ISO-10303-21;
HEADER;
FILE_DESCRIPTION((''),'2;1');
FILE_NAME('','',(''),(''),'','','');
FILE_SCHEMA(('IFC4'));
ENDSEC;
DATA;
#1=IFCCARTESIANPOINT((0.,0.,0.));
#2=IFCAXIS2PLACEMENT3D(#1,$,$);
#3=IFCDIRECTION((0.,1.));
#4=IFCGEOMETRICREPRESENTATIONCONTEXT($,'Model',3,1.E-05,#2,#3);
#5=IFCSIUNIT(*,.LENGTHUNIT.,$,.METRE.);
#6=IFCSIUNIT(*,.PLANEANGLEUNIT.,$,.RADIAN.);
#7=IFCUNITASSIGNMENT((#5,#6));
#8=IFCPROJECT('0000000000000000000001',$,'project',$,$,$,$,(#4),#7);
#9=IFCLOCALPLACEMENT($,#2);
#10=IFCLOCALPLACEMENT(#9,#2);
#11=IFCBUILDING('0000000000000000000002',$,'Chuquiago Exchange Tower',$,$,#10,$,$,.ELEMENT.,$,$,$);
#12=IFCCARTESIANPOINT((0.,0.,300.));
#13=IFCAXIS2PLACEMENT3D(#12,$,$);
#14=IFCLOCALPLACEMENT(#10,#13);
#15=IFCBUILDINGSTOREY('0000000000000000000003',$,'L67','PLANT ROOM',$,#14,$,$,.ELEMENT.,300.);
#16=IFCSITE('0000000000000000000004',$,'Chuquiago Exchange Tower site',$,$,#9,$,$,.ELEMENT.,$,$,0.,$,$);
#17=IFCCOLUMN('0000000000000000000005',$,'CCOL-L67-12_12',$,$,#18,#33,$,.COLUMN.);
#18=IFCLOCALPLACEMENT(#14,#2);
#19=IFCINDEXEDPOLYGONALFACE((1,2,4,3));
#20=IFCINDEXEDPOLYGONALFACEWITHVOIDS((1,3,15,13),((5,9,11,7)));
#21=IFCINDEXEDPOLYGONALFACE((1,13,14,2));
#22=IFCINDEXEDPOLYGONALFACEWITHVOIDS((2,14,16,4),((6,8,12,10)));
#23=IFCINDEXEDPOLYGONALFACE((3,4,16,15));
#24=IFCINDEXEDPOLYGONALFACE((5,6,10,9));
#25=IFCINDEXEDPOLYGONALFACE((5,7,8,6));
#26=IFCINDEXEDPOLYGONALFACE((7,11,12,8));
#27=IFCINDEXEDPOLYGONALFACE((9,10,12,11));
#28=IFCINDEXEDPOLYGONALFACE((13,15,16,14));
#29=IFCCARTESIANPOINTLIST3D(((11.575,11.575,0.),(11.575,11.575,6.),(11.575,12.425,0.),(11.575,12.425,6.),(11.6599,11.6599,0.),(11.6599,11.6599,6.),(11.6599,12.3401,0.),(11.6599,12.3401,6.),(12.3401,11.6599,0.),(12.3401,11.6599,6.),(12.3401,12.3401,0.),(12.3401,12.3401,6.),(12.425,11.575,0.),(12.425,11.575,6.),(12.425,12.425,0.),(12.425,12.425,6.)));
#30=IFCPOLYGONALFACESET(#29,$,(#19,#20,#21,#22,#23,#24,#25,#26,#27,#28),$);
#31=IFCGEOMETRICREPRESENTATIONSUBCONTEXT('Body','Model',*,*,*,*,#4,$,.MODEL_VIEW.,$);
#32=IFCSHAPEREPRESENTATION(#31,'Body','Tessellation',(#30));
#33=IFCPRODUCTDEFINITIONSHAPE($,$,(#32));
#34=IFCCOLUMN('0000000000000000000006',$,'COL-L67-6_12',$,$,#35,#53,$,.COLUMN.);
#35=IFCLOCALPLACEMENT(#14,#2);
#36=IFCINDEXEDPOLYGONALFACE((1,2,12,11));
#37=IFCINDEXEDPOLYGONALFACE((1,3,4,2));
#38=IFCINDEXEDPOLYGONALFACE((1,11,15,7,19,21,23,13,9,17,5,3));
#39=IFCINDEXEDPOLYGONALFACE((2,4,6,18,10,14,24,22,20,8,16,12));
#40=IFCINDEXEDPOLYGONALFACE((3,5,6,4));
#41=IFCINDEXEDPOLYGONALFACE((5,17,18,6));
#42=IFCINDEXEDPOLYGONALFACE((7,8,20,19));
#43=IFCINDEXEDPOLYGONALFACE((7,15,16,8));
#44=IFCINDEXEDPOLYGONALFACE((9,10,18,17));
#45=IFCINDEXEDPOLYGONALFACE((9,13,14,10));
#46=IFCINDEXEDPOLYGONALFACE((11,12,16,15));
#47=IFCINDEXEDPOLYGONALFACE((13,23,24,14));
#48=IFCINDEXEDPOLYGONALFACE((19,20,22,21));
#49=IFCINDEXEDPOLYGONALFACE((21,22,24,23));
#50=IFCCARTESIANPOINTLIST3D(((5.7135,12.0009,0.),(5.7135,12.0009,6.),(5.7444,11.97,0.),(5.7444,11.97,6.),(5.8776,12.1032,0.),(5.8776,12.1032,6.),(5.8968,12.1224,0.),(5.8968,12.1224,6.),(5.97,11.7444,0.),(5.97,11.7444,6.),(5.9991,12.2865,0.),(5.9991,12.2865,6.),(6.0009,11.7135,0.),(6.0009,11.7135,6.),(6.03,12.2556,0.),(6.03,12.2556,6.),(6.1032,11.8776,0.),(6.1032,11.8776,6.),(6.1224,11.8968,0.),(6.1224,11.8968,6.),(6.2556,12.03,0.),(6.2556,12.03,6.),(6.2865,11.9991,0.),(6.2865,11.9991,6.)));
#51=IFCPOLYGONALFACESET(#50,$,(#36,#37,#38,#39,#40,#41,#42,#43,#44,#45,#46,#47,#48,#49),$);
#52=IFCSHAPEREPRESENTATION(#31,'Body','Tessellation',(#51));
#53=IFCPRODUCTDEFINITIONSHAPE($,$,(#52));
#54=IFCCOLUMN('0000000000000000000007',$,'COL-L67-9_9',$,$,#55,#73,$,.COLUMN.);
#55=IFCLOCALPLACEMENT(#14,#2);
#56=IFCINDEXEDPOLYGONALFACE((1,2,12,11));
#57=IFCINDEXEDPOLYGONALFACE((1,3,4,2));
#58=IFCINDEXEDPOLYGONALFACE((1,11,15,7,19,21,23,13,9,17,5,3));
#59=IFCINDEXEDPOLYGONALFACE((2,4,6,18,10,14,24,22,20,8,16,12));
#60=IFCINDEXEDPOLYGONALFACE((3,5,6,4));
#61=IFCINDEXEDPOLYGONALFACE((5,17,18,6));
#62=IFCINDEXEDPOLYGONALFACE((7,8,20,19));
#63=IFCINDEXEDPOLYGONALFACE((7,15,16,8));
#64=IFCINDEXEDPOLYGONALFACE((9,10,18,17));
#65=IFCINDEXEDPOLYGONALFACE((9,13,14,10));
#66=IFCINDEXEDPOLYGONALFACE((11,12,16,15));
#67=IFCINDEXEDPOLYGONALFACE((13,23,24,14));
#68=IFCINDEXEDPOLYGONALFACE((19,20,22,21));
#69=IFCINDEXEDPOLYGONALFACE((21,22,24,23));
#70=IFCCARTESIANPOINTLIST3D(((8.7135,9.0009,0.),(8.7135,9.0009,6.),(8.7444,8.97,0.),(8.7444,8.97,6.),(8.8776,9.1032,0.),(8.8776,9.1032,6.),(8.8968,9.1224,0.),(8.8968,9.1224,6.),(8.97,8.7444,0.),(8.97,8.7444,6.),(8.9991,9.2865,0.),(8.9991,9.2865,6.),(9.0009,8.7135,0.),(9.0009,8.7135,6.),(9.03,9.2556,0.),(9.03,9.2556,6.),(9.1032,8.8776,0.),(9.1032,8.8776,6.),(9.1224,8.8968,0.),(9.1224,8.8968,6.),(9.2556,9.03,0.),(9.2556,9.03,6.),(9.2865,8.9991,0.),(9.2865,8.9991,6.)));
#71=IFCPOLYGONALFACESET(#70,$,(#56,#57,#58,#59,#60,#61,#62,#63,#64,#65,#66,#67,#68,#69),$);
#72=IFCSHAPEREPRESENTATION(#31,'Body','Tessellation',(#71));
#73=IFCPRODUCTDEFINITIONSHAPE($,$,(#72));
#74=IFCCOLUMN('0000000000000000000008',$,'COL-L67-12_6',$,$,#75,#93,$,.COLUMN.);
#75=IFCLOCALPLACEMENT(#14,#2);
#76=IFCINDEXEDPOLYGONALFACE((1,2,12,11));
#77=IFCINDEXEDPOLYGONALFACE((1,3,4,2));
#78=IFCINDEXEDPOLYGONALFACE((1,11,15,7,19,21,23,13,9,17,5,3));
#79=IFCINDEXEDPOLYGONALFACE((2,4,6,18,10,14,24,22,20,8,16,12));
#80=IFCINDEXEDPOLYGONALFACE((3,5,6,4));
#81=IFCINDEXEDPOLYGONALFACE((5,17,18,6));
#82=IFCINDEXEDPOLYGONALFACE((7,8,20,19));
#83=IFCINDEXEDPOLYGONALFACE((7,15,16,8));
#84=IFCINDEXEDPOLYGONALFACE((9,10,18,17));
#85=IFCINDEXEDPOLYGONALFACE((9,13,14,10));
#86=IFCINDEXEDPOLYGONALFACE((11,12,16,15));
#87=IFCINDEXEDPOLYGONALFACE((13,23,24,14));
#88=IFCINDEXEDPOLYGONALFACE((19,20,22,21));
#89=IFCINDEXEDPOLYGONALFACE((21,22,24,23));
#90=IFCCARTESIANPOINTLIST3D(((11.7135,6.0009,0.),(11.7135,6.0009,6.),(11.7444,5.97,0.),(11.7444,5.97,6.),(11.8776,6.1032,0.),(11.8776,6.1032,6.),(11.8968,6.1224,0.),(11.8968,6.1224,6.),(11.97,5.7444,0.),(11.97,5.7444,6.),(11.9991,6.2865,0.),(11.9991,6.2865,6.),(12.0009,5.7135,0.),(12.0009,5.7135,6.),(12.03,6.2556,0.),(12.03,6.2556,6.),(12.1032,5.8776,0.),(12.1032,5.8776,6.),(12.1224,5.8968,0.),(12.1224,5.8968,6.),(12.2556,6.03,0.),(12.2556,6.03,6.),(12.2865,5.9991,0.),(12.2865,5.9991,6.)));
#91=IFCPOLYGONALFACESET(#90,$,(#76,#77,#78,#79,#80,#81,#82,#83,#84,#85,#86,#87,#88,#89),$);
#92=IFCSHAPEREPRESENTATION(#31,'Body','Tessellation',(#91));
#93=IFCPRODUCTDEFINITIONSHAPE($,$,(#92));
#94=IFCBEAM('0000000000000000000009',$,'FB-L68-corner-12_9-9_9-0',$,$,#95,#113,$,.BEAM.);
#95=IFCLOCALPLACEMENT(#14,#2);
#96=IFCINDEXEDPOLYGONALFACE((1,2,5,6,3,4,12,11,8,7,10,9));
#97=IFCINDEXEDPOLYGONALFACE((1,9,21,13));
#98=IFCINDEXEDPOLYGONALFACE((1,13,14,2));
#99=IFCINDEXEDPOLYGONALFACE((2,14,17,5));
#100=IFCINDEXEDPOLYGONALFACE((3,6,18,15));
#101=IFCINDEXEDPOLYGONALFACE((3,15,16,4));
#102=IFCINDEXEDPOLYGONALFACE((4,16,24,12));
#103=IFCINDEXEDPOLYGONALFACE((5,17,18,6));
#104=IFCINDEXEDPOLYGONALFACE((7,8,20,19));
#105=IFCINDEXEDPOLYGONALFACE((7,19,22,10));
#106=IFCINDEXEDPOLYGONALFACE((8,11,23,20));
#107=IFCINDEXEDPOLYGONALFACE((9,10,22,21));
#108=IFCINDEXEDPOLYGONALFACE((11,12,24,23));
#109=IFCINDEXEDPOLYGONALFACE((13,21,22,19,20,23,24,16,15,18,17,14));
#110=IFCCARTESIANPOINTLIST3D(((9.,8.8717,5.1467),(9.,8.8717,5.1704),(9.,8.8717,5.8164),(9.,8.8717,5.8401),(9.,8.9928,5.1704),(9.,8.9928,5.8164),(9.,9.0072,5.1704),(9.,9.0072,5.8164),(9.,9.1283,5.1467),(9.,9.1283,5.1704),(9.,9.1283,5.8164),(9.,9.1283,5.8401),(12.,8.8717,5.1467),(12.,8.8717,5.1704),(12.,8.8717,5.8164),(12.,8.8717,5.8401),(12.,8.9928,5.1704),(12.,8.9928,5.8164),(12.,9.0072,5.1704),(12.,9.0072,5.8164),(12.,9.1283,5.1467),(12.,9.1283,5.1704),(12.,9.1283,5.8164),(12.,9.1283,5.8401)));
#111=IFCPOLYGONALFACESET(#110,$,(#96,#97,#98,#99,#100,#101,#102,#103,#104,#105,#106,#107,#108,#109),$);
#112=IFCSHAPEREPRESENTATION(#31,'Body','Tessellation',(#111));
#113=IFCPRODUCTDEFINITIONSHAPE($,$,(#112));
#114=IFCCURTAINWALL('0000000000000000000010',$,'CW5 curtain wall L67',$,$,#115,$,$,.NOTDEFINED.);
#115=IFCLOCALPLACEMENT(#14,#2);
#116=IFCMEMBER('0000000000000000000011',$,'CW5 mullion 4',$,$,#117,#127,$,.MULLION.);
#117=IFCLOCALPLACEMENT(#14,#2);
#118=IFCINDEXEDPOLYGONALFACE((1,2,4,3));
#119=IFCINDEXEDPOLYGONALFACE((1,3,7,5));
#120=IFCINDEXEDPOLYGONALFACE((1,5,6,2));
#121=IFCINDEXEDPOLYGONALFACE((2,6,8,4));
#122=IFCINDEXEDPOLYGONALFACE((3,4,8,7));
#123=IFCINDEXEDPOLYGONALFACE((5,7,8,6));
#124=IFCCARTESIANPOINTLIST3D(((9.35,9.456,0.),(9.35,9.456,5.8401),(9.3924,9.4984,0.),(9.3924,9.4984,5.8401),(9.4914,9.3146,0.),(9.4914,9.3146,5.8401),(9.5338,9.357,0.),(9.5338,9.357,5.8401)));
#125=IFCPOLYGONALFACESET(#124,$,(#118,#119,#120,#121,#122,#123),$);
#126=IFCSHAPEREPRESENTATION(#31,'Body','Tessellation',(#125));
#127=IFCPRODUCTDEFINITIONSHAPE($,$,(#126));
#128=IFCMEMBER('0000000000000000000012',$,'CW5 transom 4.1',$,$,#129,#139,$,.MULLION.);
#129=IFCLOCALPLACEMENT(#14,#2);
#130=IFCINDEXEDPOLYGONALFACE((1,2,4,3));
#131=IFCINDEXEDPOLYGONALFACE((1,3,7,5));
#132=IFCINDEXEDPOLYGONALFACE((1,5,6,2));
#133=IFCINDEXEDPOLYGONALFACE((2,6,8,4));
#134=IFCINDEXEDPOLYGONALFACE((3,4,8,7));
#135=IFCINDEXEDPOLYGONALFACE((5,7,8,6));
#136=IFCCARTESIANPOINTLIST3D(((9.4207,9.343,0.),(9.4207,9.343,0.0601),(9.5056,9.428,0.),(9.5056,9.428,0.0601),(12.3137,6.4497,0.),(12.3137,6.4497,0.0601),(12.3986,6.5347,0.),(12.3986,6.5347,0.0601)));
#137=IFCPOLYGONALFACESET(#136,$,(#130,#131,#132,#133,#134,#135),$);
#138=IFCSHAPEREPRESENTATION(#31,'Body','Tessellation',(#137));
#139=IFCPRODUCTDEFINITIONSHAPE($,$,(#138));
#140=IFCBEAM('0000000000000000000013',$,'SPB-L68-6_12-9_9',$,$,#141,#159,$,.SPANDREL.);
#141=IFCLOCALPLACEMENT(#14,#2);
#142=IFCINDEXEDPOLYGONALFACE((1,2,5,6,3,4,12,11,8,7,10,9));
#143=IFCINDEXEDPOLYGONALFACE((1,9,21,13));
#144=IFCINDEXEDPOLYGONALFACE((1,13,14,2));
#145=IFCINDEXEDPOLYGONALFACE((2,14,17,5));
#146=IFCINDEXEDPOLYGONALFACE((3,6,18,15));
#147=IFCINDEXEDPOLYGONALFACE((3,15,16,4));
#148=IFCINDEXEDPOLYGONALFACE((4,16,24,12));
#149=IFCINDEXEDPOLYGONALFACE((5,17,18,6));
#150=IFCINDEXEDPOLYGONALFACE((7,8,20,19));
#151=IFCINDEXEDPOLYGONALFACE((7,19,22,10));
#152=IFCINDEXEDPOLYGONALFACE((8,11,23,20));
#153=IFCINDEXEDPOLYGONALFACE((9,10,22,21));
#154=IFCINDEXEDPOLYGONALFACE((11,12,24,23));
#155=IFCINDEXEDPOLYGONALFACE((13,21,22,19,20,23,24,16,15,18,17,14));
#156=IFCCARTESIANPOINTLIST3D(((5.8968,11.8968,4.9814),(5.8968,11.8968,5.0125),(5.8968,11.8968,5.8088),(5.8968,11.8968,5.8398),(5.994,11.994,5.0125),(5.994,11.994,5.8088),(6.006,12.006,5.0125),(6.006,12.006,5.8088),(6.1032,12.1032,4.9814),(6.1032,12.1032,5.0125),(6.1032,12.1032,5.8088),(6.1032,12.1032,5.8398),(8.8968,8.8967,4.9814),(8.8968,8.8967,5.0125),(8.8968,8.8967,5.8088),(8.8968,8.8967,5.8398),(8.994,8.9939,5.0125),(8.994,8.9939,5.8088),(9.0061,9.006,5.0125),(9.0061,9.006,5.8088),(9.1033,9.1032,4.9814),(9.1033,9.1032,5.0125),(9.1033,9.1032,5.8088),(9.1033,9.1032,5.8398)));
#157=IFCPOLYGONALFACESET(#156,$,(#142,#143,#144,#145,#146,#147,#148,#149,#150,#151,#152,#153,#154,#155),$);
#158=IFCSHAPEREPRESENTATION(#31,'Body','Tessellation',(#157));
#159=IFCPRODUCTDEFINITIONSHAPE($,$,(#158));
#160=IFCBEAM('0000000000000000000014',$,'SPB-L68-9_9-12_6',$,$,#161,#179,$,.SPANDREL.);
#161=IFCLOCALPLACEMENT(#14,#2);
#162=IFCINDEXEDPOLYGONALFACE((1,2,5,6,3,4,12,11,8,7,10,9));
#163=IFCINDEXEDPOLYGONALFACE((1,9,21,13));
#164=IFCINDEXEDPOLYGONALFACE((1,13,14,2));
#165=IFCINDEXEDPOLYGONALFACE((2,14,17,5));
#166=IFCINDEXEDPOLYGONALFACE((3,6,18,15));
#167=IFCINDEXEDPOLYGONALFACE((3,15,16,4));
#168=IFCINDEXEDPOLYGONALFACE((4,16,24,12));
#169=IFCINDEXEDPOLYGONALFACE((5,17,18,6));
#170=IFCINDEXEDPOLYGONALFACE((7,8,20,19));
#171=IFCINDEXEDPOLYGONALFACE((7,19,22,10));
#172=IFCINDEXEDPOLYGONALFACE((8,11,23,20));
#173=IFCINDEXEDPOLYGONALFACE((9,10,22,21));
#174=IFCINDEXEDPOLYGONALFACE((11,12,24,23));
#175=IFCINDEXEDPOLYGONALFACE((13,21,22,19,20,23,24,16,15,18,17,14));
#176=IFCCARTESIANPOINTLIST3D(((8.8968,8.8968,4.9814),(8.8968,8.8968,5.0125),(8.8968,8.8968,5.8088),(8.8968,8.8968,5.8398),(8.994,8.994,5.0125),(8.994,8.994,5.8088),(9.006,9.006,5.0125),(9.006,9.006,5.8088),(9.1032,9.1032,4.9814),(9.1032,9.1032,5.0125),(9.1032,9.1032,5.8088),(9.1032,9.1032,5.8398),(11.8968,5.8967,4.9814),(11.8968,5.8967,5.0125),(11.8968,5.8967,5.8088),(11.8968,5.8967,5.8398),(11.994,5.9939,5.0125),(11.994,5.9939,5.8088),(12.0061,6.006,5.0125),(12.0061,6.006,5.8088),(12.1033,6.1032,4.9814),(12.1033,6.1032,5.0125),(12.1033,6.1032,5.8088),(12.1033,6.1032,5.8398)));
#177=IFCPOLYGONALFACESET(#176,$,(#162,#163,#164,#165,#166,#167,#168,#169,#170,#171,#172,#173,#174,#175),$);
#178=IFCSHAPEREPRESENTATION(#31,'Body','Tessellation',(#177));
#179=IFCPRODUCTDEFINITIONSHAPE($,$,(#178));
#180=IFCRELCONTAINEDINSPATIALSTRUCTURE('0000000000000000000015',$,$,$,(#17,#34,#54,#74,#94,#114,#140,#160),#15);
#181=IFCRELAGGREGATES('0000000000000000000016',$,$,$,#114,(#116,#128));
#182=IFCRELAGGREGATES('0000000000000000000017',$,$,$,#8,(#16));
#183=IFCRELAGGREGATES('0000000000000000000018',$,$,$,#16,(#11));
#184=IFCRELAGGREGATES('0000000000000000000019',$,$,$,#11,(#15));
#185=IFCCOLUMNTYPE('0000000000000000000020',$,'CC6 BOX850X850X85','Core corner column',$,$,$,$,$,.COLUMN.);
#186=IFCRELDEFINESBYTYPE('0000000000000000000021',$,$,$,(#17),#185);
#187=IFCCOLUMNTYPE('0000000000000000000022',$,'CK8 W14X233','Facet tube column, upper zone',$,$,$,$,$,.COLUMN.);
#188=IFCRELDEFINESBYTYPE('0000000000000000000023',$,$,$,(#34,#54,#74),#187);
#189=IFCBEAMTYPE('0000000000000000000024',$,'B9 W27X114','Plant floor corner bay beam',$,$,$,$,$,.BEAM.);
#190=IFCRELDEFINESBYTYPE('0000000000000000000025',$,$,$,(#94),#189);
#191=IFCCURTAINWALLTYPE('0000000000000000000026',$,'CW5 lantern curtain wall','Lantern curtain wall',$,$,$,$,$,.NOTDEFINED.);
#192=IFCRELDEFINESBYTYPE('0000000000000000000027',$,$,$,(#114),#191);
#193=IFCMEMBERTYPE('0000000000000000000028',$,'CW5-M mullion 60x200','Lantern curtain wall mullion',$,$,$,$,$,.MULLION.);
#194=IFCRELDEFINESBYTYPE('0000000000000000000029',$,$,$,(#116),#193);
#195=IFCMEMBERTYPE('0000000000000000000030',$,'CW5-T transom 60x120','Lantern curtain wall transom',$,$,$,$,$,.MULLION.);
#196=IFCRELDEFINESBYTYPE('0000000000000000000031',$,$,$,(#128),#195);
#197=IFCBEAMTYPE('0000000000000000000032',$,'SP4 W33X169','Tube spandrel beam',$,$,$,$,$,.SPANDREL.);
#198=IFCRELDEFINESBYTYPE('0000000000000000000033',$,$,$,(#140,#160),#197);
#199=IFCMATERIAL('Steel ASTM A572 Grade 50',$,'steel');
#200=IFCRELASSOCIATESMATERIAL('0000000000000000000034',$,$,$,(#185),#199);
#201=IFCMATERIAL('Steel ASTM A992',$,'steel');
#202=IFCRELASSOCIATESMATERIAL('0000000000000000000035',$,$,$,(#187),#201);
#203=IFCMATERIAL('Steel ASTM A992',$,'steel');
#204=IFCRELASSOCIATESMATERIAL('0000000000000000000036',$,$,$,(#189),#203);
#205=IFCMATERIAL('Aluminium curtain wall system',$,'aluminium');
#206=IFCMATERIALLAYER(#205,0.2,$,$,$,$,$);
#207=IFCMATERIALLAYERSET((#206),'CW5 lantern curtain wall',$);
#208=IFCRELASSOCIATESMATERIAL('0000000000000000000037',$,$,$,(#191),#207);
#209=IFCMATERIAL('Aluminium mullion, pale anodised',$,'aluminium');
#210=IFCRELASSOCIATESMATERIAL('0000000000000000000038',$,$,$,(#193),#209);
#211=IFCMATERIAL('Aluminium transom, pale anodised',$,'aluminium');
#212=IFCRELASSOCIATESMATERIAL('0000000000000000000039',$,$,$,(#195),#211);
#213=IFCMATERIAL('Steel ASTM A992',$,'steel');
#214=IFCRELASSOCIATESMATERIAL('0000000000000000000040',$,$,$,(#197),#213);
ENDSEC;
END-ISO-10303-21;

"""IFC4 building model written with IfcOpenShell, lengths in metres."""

from ifc_helpers import new_model, si_unit, direction, frame, origin, origin_2d, place, context, subcontext, project, spatial, rectangle, hollow_rectangle, i_section, extrude, material, layer, layer_set, material_profile, profile_set, type_object, element, aggregate, save


model = new_model("IFC4")

# Units and contexts
model_context = context("Model", 3, precision=1e-05, world=origin(), true_north=direction((0.0, 1.0)))
body_context = subcontext(model_context, "Body", "Model", "MODEL_VIEW")
ifc_project = project(units=[si_unit("LENGTHUNIT", "METRE"), si_unit("PLANEANGLEUNIT", "RADIAN")], contexts=[model_context])

# Site, building, storey
site_placement = place(None, origin())
site = spatial("IfcSite", under=ifc_project, at=site_placement, Name="Chuquiago Exchange Tower site", CompositionType="ELEMENT", RefElevation=0.0)
building_placement = place(site_placement, origin())
building = spatial("IfcBuilding", under=site, at=building_placement, Name="Chuquiago Exchange Tower", CompositionType="ELEMENT")
storey_placement = place(building_placement, frame((0.0, 0.0, 300.0)))
storey = spatial("IfcBuildingStorey", under=building, at=storey_placement, Name="L67", Description="PLANT ROOM", CompositionType="ELEMENT", Elevation=300.0)

# Columns
ifc_material_1 = material(Name="Steel ASTM A572 Grade 50", Category="steel")
ifc_material_profile_1 = material_profile(ifc_material_1, hollow_rectangle(XDim=0.8501, YDim=0.8501, WallThickness=0.085, at=origin_2d()), Name="BOX850X850X85")
ifc_profile_set_1 = profile_set([ifc_material_profile_1], Name="Steel ASTM A572 Grade 50")
column_type_1 = type_object("IfcColumnType", Name="CC6 BOX850X850X85", Description="Core corner column", PredefinedType="COLUMN", material=ifc_profile_set_1)
column_placement = place(storey_placement, frame((12.0, 12.0, 0.0), z_axis=(0.0, 0.0, 1.0), x_axis=(1.0, 0.0, 0.0)))
element("IfcColumn", 1, at=column_placement, inside=storey, type_object=column_type_1, Name="CCOL-L67-12_12", PredefinedType="COLUMN", context=body_context, shape_type="SweptSolid", body=[
    extrude(hollow_rectangle(XDim=0.8501, YDim=0.8501, WallThickness=0.085, at=origin_2d()), origin(), (0.0, 0.0, 1.0), 6.0),
])
ifc_material_2 = material(Name="Steel ASTM A992", Category="steel")
ifc_material_profile_2 = material_profile(ifc_material_2, i_section(OverallWidth=0.4038, OverallDepth=0.4065, WebThickness=0.0271, FlangeThickness=0.0437, at=origin_2d()), Name="W14X233")
ifc_profile_set_2 = profile_set([ifc_material_profile_2], Name="Steel ASTM A992")
column_type_2 = type_object("IfcColumnType", Name="CK8 W14X233", Description="Facet tube column, upper zone", PredefinedType="COLUMN", material=ifc_profile_set_2)
for number, where, z_axis, x_axis, name in (
    (2, (6.0, 12.0, 0.0), (0.0, 0.0, 1.0), (-0.707107, -0.707107, 0.0), "COL-L67-6_12"),
    (3, (9.0, 9.0, 0.0), (0.0, 0.0, 1.0), (-0.707107, -0.707107, 0.0), "COL-L67-9_9"),
    (4, (12.0, 6.0, 0.0), (0.0, 0.0, 1.0), (-0.707107, -0.707107, 0.0), "COL-L67-12_6"),
):
    element("IfcColumn", number, at=place(storey_placement, frame(where, z_axis=z_axis, x_axis=x_axis)), inside=storey, type_object=column_type_2, Name=name, PredefinedType="COLUMN", context=body_context, shape_type="SweptSolid", body=[
        extrude(i_section(OverallWidth=0.4038, OverallDepth=0.4065, WebThickness=0.0271, FlangeThickness=0.0437, at=origin_2d()), origin(), (0.0, 0.0, 1.0), 6.0),
    ])

# Beam
ifc_material_3 = material(Name="Steel ASTM A992", Category="steel")
ifc_material_profile_3 = material_profile(ifc_material_3, i_section(OverallWidth=0.2566, OverallDepth=0.6934, WebThickness=0.0144, FlangeThickness=0.0237, at=origin_2d()), Name="W27X114")
ifc_profile_set_3 = profile_set([ifc_material_profile_3], Name="Steel ASTM A992")
beam_type_1 = type_object("IfcBeamType", Name="B9 W27X114", Description="Plant floor corner bay beam", PredefinedType="BEAM", material=ifc_profile_set_3)
beam_placement = place(storey_placement, frame((12.0, 9.0, 5.4934), z_axis=(-1.0, 0.0, 0.0), x_axis=(0.0, -1.0, 0.0)))
element("IfcBeam", 5, at=beam_placement, inside=storey, type_object=beam_type_1, Name="FB-L68-corner-12_9-9_9-0", PredefinedType="BEAM", context=body_context, shape_type="SweptSolid", body=[
    extrude(i_section(OverallWidth=0.2566, OverallDepth=0.6934, WebThickness=0.0144, FlangeThickness=0.0237, at=origin_2d()), origin(), (0.0, 0.0, 1.0), 3.0),
])

# Curtain wall, members
ifc_material_4 = material(Name="Aluminium curtain wall system", Category="aluminium")
ifc_layer_1 = layer(ifc_material_4, 0.2)
ifc_layer_set_1 = layer_set([ifc_layer_1], Name="CW5 lantern curtain wall")
curtain_wall_type = type_object("IfcCurtainWallType", Name="CW5 lantern curtain wall", Description="Lantern curtain wall", PredefinedType="NOTDEFINED", material=ifc_layer_set_1)
curtain_wall_placement = place(storey_placement, origin())
curtain_wall = element("IfcCurtainWall", 6, at=curtain_wall_placement, inside=storey, type_object=curtain_wall_type, Name="CW5 curtain wall L67", PredefinedType="NOTDEFINED")
ifc_material_5 = material(Name="Aluminium mullion, pale anodised", Category="aluminium")
ifc_material_profile_4 = material_profile(ifc_material_5, rectangle(XDim=0.0601, YDim=0.2, at=origin_2d()), Name="AL 60x200")
ifc_profile_set_4 = profile_set([ifc_material_profile_4], Name="Aluminium mullion, pale anodised")
member_type_1 = type_object("IfcMemberType", Name="CW5-M mullion 60x200", Description="Lantern curtain wall mullion", PredefinedType="MULLION", material=ifc_profile_set_4)
member_1_placement = place(storey_placement, frame((9.4419, 9.4065, 0.0), z_axis=(0.0, 0.0, 1.0), x_axis=(0.707109, 0.707105, 0.0)))
member_1 = element("IfcMember", 7, at=member_1_placement, type_object=member_type_1, Name="CW5 mullion 4", PredefinedType="MULLION", context=body_context, shape_type="SweptSolid", body=[
    extrude(rectangle(XDim=0.0601, YDim=0.2, at=origin_2d()), origin(), (0.0, 0.0, 1.0), 5.8401),
])
ifc_material_6 = material(Name="Aluminium transom, pale anodised", Category="aluminium")
ifc_material_profile_5 = material_profile(ifc_material_6, rectangle(XDim=0.1201, YDim=0.0601, at=origin_2d()), Name="AL 120x60")
ifc_profile_set_5 = profile_set([ifc_material_profile_5], Name="Aluminium transom, pale anodised")
member_type_2 = type_object("IfcMemberType", Name="CW5-T transom 60x120", Description="Lantern curtain wall transom", PredefinedType="MULLION", material=ifc_profile_set_5)
member_2_placement = place(storey_placement, frame((9.4631, 9.3855, 0.03), z_axis=(0.707077, -0.707137, 0.0), x_axis=(0.707137, 0.707077, 0.0)))
member_2 = element("IfcMember", 8, at=member_2_placement, type_object=member_type_2, Name="CW5 transom 4.1", PredefinedType="MULLION", context=body_context, shape_type="SweptSolid", body=[
    extrude(rectangle(XDim=0.1201, YDim=0.0601, at=origin_2d()), origin(), (0.0, 0.0, 1.0), 4.0916),
])

# Beams
ifc_material_7 = material(Name="Steel ASTM A992", Category="steel")
ifc_material_profile_6 = material_profile(ifc_material_7, i_section(OverallWidth=0.292, OverallDepth=0.8584, WebThickness=0.0171, FlangeThickness=0.031, at=origin_2d()), Name="W33X169")
ifc_profile_set_6 = profile_set([ifc_material_profile_6], Name="Steel ASTM A992")
beam_type_2 = type_object("IfcBeamType", Name="SP4 W33X169", Description="Tube spandrel beam", PredefinedType="SPANDREL", material=ifc_profile_set_6)
for number, where, z_axis, x_axis, name in (
    (9, (6.0, 12.0, 5.4106), (0.707107, -0.707107, 0.0), (0.707107, 0.707107, 0.0), "SPB-L68-6_12-9_9"),
    (10, (9.0, 9.0, 5.4106), (0.707107, -0.707107, 0.0), (0.707107, 0.707107, 0.0), "SPB-L68-9_9-12_6"),
):
    element("IfcBeam", number, at=place(storey_placement, frame(where, z_axis=z_axis, x_axis=x_axis)), inside=storey, type_object=beam_type_2, Name=name, PredefinedType="SPANDREL", context=body_context, shape_type="SweptSolid", body=[
        extrude(i_section(OverallWidth=0.292, OverallDepth=0.8584, WebThickness=0.0171, FlangeThickness=0.031, at=origin_2d()), origin(), (0.0, 0.0, 1.0), 4.2427),
    ])

aggregate(curtain_wall, [member_1, member_2])

save(model, "model.ifc")
